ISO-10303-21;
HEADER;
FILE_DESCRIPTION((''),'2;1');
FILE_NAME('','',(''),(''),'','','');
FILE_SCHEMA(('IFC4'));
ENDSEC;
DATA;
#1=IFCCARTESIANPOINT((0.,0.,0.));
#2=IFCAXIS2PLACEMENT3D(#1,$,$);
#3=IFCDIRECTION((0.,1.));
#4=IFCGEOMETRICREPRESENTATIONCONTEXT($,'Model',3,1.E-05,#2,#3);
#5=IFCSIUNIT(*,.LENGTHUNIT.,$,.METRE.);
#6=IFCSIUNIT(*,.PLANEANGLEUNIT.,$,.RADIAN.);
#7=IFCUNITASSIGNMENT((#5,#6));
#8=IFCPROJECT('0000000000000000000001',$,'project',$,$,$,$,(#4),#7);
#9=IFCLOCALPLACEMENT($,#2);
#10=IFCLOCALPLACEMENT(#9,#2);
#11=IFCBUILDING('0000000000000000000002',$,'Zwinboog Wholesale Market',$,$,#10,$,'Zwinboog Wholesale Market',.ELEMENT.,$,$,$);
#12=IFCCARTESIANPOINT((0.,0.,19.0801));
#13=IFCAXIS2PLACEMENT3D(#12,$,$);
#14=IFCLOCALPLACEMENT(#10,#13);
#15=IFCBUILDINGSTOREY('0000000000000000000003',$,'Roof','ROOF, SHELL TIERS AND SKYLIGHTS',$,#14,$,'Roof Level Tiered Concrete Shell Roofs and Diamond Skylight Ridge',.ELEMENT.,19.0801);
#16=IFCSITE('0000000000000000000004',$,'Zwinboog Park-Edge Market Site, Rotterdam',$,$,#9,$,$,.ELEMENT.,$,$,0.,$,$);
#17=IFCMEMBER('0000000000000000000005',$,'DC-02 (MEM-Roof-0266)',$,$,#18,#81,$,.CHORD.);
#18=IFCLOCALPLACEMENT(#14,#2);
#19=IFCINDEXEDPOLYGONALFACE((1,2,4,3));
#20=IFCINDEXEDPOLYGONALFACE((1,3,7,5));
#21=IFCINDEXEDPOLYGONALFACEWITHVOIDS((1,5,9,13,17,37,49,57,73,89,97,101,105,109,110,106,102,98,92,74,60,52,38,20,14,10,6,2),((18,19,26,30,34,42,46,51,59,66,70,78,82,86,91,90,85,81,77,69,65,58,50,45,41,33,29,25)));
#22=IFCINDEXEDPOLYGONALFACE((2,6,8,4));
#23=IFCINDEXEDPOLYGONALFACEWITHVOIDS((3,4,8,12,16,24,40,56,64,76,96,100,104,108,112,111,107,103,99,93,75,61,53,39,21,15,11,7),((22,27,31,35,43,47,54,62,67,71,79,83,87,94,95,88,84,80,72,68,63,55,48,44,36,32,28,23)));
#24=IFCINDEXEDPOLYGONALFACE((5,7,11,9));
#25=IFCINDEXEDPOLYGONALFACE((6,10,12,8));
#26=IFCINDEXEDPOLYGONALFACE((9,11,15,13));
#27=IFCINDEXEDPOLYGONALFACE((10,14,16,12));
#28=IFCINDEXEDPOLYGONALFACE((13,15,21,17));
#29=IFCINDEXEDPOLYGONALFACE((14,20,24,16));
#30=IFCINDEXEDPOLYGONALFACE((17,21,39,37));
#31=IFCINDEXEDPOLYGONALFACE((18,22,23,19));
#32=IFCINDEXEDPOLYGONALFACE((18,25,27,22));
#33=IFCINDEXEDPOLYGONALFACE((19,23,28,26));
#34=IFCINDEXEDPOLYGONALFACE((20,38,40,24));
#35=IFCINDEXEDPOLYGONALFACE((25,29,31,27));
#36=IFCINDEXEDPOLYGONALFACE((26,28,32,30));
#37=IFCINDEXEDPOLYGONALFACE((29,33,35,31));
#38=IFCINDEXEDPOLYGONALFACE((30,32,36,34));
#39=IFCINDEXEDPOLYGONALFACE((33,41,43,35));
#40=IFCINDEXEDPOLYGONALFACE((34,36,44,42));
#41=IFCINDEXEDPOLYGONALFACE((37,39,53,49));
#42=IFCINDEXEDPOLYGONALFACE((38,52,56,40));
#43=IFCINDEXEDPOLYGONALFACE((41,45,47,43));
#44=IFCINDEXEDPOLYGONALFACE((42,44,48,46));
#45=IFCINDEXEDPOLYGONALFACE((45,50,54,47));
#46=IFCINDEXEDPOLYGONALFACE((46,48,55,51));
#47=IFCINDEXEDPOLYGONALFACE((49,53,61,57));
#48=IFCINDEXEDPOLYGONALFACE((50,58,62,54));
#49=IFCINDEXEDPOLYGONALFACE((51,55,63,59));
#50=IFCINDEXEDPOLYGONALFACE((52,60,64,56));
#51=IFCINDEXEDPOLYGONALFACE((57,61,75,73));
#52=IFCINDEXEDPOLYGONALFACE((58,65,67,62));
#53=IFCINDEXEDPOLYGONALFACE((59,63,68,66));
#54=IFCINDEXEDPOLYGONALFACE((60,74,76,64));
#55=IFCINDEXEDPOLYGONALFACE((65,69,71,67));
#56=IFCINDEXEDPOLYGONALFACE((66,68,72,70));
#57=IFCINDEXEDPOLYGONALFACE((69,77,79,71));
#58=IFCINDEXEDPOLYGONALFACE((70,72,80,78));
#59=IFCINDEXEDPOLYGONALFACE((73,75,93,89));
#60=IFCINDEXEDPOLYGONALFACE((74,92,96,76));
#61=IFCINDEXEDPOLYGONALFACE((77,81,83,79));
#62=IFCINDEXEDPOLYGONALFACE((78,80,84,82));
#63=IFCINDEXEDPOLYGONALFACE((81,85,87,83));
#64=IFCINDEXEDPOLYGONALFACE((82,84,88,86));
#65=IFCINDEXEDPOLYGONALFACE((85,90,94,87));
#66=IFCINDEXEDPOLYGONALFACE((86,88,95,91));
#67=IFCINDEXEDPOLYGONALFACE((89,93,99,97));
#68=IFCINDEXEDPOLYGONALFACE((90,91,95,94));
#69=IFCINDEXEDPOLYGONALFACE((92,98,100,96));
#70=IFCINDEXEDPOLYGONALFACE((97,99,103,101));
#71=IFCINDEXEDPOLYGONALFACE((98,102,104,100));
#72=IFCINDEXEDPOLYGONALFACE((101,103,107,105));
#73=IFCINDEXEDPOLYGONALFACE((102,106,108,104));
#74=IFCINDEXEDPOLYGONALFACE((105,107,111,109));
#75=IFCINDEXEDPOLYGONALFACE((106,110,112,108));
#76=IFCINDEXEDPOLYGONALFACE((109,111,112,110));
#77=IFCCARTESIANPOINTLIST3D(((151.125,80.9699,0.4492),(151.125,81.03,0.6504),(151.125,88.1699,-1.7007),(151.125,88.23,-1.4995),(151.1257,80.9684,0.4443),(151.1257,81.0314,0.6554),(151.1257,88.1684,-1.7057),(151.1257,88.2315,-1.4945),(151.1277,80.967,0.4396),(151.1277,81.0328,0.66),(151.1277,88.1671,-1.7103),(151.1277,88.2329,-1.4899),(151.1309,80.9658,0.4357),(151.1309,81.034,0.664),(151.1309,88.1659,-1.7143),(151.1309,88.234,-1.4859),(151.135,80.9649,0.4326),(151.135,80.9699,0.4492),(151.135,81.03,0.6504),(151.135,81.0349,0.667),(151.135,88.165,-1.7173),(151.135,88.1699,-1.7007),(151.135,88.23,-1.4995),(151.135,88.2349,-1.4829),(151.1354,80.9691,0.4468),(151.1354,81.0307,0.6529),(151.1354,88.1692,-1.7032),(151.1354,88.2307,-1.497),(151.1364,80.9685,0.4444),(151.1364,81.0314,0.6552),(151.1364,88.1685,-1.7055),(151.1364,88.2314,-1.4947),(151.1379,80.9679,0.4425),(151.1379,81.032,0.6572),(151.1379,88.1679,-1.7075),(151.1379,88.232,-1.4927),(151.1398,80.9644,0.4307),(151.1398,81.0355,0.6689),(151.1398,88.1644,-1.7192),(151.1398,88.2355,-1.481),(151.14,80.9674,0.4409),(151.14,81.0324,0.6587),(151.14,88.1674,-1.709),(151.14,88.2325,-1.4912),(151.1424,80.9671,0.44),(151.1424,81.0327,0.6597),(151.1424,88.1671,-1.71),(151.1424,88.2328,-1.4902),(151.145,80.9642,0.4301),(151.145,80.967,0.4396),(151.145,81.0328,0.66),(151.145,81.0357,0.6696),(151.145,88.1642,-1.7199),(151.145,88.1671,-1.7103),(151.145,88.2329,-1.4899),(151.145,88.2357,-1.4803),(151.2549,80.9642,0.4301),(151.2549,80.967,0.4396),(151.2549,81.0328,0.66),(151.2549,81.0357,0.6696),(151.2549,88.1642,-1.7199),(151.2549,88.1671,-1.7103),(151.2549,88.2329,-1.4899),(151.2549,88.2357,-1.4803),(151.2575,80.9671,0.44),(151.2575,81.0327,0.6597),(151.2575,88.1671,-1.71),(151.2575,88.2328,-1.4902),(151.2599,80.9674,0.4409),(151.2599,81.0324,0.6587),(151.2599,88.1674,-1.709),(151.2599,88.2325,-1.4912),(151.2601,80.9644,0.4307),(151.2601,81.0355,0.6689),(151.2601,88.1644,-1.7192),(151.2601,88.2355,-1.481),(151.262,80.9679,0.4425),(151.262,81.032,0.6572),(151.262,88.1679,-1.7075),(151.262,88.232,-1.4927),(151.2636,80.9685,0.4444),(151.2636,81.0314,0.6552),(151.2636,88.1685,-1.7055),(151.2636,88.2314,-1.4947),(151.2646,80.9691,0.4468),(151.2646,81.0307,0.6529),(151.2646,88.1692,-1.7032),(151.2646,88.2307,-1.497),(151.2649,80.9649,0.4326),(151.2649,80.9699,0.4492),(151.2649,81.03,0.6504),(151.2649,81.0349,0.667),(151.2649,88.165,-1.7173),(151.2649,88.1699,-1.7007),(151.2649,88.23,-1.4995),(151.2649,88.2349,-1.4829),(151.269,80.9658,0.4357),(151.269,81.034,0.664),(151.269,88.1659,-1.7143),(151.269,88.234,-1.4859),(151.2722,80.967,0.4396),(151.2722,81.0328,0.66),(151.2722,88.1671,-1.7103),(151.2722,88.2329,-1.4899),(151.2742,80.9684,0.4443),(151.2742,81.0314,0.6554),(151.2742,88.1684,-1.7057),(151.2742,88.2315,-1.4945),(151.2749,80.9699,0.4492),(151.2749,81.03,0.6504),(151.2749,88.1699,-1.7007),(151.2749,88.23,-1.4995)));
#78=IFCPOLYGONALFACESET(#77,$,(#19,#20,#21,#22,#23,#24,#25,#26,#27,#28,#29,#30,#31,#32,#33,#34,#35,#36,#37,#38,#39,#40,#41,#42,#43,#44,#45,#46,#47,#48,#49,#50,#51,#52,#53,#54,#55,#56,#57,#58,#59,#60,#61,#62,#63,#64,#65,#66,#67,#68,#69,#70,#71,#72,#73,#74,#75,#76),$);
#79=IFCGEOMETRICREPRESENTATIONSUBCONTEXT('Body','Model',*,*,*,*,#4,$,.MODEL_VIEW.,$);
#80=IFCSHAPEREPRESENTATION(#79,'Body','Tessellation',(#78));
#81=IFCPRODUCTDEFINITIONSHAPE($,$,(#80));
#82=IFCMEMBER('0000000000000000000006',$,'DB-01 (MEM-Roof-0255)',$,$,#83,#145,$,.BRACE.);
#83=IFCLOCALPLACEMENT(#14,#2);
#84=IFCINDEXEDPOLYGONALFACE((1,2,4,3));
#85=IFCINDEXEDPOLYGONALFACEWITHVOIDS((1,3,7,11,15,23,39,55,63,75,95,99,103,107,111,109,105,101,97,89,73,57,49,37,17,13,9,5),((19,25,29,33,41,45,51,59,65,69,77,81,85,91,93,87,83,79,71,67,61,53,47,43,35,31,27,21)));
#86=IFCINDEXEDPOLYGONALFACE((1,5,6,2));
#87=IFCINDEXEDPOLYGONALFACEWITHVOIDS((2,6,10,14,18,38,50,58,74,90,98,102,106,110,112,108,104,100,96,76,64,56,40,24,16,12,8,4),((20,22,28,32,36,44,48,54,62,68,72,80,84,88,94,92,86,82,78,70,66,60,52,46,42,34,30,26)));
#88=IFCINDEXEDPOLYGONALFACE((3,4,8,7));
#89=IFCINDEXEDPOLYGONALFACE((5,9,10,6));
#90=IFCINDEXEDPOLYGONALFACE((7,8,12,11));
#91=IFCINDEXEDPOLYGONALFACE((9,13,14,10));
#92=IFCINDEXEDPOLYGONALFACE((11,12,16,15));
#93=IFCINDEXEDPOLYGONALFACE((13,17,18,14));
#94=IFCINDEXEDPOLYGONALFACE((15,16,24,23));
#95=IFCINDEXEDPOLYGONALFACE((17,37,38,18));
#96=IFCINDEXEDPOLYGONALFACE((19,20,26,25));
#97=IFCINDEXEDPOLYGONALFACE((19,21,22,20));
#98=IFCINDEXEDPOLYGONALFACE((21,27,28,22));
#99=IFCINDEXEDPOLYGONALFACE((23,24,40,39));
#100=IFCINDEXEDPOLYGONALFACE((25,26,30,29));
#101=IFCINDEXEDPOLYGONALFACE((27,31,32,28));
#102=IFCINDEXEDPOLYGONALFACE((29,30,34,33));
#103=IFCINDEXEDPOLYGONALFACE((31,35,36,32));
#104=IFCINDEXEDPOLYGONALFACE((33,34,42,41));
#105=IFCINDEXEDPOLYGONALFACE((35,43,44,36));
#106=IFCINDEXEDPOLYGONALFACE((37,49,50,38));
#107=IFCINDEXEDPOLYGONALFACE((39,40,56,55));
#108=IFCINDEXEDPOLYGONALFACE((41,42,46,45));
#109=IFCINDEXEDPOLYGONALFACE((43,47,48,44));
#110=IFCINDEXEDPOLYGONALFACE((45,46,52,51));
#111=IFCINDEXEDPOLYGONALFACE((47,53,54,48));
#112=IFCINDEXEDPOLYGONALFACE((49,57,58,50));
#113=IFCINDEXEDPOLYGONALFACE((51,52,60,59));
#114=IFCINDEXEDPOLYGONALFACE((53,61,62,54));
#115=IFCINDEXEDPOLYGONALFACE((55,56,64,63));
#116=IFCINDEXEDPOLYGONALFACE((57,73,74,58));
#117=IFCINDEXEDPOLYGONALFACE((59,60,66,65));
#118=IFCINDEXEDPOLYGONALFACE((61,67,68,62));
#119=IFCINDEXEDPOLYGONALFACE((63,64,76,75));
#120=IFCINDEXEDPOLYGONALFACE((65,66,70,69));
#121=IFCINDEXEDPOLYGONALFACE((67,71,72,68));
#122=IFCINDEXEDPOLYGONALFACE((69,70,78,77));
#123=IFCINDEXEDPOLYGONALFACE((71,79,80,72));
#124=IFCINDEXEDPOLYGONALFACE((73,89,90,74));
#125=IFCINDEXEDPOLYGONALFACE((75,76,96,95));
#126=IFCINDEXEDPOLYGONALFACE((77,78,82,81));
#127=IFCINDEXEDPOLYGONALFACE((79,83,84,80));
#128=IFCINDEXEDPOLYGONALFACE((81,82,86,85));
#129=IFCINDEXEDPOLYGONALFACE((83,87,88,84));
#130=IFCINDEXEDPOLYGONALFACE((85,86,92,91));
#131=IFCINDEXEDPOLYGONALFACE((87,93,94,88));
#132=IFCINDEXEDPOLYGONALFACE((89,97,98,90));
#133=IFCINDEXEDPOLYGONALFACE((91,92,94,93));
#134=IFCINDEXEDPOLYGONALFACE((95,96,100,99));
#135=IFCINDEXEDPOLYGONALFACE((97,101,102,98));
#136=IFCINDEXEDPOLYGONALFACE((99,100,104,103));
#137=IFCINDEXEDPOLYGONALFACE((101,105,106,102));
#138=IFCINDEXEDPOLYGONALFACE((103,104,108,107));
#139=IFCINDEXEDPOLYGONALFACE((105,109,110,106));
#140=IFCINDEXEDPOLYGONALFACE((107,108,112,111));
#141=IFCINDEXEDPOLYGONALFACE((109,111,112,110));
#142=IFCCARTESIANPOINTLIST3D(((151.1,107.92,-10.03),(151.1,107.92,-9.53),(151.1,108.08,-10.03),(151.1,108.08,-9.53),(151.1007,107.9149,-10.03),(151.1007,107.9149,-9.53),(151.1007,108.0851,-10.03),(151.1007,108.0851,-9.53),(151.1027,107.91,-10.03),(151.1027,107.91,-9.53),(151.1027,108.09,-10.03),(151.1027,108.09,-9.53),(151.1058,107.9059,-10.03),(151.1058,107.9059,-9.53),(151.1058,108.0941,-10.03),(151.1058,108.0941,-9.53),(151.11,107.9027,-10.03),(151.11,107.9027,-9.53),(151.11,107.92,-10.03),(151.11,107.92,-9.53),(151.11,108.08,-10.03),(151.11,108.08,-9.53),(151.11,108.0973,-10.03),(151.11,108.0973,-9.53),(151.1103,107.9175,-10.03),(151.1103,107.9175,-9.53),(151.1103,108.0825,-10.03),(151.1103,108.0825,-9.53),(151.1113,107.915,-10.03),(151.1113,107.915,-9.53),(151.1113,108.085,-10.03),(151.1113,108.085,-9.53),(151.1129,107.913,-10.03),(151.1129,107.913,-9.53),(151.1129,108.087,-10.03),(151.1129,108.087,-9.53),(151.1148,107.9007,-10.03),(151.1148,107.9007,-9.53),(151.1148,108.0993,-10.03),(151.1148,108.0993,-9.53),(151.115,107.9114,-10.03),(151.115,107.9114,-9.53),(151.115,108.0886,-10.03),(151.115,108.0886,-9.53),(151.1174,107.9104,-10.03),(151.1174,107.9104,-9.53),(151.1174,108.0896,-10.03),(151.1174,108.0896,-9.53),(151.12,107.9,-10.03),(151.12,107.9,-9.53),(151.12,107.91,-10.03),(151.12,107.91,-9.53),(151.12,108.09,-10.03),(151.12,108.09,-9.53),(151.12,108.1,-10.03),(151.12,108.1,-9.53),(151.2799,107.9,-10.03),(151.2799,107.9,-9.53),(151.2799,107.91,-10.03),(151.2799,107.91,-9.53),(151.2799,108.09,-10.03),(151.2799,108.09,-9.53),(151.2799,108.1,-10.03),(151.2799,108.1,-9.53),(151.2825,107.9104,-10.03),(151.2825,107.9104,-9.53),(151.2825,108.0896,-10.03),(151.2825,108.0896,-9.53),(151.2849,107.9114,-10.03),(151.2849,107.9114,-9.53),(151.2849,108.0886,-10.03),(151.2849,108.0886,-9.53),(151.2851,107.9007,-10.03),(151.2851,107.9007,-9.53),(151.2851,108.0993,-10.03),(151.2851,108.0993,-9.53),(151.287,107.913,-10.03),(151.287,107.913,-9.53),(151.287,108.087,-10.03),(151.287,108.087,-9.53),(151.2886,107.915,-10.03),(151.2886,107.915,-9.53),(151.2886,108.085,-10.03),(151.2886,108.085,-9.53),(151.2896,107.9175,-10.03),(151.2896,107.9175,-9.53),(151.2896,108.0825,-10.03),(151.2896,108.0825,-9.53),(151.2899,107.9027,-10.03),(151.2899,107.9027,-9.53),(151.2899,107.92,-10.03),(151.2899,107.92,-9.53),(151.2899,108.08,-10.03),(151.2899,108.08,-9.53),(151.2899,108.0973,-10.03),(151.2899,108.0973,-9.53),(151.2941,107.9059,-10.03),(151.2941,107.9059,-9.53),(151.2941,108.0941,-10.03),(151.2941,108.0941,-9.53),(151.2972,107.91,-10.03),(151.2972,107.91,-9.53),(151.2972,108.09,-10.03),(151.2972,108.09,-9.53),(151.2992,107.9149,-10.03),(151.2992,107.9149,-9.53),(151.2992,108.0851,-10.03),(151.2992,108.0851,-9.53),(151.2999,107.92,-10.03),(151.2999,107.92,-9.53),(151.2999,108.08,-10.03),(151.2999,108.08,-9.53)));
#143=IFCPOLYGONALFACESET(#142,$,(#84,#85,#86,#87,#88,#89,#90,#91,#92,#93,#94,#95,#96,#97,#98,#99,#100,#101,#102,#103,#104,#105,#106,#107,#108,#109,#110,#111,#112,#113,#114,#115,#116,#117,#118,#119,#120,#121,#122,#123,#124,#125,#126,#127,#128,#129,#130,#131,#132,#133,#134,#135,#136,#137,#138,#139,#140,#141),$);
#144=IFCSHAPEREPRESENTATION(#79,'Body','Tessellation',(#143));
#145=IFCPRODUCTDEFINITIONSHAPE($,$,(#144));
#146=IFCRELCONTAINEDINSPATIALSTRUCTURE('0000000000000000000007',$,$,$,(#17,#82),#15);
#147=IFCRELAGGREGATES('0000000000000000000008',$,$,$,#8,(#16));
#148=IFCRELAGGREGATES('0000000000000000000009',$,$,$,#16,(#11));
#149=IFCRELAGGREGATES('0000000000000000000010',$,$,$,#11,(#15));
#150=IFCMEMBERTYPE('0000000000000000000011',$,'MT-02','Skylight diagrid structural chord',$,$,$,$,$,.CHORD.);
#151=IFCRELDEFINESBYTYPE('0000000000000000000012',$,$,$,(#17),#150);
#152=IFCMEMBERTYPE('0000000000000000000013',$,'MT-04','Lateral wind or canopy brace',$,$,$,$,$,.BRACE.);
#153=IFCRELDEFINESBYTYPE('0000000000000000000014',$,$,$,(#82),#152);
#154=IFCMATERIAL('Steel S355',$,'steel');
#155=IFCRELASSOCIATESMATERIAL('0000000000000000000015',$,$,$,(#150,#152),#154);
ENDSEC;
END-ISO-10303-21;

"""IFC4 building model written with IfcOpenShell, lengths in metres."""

from ifc_helpers import new_model, si_unit, direction, frame, origin, origin_2d, place, context, subcontext, project, spatial, hollow_rectangle, extrude, material, material_profile, profile_set, type_object, element, save


model = new_model("IFC4")

# Units and contexts
model_context = context("Model", 3, precision=1e-05, world=origin(), true_north=direction((0.0, 1.0)))
body_context = subcontext(model_context, "Body", "Model", "MODEL_VIEW")
ifc_project = project(units=[si_unit("LENGTHUNIT", "METRE"), si_unit("PLANEANGLEUNIT", "RADIAN")], contexts=[model_context])

# Site, building, storey
site_placement = place(None, origin())
site = spatial("IfcSite", under=ifc_project, at=site_placement, Name="Zwinboog Park-Edge Market Site, Rotterdam", CompositionType="ELEMENT", RefElevation=0.0)
building_placement = place(site_placement, origin())
building = spatial("IfcBuilding", under=site, at=building_placement, Name="Zwinboog Wholesale Market", LongName="Zwinboog Wholesale Market", CompositionType="ELEMENT")
storey_placement = place(building_placement, frame((0.0, 0.0, 19.0801)))
storey = spatial("IfcBuildingStorey", under=building, at=storey_placement, Name="Roof", Description="ROOF, SHELL TIERS AND SKYLIGHTS", LongName="Roof Level Tiered Concrete Shell Roofs and Diamond Skylight Ridge", CompositionType="ELEMENT", Elevation=19.0801)

# Members
ifc_material_1 = material(Name="Steel S355", Category="steel")
ifc_material_profile_1 = material_profile(ifc_material_1, hollow_rectangle(XDim=0.1499, YDim=0.25, WallThickness=0.01, InnerFilletRadius=0.01, OuterFilletRadius=0.02, at=origin_2d()), Name="RHS 250x150x10")
ifc_profile_set_1 = profile_set([ifc_material_profile_1], Name="Steel S355")
member_type_1 = type_object("IfcMemberType", Name="MT-02", Description="Skylight diagrid structural chord", PredefinedType="CHORD", material=ifc_profile_set_1)
for number, where, z_axis, x_axis, name in (
    (1, (151.2, 88.2, -1.6001), (0.0, -0.958195, 0.286117), (1.0, 0.0, 0.0), "DC-02 (MEM-Roof-0266)"),
):
    element("IfcMember", number, at=place(storey_placement, frame(where, z_axis=z_axis, x_axis=x_axis)), inside=storey, type_object=member_type_1, Name=name, PredefinedType="CHORD", context=body_context, shape_type="SweptSolid", body=[
        extrude(hollow_rectangle(XDim=0.1499, YDim=0.25, WallThickness=0.01, InnerFilletRadius=0.01, OuterFilletRadius=0.02, at=origin_2d()), origin(), (0.0, 0.0, 1.0), 7.5142),
    ])
ifc_material_profile_2 = material_profile(ifc_material_1, hollow_rectangle(XDim=0.2, YDim=0.2, WallThickness=0.01, InnerFilletRadius=0.01, OuterFilletRadius=0.02, at=origin_2d()), Name="SHS 200x200x10")
ifc_profile_set_2 = profile_set([ifc_material_profile_2], Name="Steel S355")
member_type_2 = type_object("IfcMemberType", Name="MT-04", Description="Lateral wind or canopy brace", PredefinedType="BRACE", material=ifc_profile_set_2)
for number, where, z_axis, x_axis, name in (
    (2, (151.2, 108.0, -10.03), (0.0, 0.0, 1.0), (1.0, 0.0, 0.0), "DB-01 (MEM-Roof-0255)"),
):
    element("IfcMember", number, at=place(storey_placement, frame(where, z_axis=z_axis, x_axis=x_axis)), inside=storey, type_object=member_type_2, Name=name, PredefinedType="BRACE", context=body_context, shape_type="SweptSolid", body=[
        extrude(hollow_rectangle(XDim=0.2, YDim=0.2, WallThickness=0.01, InnerFilletRadius=0.01, OuterFilletRadius=0.02, at=origin_2d()), origin(), (0.0, 0.0, 1.0), 0.5),
    ])

save(model, "model.ifc")
